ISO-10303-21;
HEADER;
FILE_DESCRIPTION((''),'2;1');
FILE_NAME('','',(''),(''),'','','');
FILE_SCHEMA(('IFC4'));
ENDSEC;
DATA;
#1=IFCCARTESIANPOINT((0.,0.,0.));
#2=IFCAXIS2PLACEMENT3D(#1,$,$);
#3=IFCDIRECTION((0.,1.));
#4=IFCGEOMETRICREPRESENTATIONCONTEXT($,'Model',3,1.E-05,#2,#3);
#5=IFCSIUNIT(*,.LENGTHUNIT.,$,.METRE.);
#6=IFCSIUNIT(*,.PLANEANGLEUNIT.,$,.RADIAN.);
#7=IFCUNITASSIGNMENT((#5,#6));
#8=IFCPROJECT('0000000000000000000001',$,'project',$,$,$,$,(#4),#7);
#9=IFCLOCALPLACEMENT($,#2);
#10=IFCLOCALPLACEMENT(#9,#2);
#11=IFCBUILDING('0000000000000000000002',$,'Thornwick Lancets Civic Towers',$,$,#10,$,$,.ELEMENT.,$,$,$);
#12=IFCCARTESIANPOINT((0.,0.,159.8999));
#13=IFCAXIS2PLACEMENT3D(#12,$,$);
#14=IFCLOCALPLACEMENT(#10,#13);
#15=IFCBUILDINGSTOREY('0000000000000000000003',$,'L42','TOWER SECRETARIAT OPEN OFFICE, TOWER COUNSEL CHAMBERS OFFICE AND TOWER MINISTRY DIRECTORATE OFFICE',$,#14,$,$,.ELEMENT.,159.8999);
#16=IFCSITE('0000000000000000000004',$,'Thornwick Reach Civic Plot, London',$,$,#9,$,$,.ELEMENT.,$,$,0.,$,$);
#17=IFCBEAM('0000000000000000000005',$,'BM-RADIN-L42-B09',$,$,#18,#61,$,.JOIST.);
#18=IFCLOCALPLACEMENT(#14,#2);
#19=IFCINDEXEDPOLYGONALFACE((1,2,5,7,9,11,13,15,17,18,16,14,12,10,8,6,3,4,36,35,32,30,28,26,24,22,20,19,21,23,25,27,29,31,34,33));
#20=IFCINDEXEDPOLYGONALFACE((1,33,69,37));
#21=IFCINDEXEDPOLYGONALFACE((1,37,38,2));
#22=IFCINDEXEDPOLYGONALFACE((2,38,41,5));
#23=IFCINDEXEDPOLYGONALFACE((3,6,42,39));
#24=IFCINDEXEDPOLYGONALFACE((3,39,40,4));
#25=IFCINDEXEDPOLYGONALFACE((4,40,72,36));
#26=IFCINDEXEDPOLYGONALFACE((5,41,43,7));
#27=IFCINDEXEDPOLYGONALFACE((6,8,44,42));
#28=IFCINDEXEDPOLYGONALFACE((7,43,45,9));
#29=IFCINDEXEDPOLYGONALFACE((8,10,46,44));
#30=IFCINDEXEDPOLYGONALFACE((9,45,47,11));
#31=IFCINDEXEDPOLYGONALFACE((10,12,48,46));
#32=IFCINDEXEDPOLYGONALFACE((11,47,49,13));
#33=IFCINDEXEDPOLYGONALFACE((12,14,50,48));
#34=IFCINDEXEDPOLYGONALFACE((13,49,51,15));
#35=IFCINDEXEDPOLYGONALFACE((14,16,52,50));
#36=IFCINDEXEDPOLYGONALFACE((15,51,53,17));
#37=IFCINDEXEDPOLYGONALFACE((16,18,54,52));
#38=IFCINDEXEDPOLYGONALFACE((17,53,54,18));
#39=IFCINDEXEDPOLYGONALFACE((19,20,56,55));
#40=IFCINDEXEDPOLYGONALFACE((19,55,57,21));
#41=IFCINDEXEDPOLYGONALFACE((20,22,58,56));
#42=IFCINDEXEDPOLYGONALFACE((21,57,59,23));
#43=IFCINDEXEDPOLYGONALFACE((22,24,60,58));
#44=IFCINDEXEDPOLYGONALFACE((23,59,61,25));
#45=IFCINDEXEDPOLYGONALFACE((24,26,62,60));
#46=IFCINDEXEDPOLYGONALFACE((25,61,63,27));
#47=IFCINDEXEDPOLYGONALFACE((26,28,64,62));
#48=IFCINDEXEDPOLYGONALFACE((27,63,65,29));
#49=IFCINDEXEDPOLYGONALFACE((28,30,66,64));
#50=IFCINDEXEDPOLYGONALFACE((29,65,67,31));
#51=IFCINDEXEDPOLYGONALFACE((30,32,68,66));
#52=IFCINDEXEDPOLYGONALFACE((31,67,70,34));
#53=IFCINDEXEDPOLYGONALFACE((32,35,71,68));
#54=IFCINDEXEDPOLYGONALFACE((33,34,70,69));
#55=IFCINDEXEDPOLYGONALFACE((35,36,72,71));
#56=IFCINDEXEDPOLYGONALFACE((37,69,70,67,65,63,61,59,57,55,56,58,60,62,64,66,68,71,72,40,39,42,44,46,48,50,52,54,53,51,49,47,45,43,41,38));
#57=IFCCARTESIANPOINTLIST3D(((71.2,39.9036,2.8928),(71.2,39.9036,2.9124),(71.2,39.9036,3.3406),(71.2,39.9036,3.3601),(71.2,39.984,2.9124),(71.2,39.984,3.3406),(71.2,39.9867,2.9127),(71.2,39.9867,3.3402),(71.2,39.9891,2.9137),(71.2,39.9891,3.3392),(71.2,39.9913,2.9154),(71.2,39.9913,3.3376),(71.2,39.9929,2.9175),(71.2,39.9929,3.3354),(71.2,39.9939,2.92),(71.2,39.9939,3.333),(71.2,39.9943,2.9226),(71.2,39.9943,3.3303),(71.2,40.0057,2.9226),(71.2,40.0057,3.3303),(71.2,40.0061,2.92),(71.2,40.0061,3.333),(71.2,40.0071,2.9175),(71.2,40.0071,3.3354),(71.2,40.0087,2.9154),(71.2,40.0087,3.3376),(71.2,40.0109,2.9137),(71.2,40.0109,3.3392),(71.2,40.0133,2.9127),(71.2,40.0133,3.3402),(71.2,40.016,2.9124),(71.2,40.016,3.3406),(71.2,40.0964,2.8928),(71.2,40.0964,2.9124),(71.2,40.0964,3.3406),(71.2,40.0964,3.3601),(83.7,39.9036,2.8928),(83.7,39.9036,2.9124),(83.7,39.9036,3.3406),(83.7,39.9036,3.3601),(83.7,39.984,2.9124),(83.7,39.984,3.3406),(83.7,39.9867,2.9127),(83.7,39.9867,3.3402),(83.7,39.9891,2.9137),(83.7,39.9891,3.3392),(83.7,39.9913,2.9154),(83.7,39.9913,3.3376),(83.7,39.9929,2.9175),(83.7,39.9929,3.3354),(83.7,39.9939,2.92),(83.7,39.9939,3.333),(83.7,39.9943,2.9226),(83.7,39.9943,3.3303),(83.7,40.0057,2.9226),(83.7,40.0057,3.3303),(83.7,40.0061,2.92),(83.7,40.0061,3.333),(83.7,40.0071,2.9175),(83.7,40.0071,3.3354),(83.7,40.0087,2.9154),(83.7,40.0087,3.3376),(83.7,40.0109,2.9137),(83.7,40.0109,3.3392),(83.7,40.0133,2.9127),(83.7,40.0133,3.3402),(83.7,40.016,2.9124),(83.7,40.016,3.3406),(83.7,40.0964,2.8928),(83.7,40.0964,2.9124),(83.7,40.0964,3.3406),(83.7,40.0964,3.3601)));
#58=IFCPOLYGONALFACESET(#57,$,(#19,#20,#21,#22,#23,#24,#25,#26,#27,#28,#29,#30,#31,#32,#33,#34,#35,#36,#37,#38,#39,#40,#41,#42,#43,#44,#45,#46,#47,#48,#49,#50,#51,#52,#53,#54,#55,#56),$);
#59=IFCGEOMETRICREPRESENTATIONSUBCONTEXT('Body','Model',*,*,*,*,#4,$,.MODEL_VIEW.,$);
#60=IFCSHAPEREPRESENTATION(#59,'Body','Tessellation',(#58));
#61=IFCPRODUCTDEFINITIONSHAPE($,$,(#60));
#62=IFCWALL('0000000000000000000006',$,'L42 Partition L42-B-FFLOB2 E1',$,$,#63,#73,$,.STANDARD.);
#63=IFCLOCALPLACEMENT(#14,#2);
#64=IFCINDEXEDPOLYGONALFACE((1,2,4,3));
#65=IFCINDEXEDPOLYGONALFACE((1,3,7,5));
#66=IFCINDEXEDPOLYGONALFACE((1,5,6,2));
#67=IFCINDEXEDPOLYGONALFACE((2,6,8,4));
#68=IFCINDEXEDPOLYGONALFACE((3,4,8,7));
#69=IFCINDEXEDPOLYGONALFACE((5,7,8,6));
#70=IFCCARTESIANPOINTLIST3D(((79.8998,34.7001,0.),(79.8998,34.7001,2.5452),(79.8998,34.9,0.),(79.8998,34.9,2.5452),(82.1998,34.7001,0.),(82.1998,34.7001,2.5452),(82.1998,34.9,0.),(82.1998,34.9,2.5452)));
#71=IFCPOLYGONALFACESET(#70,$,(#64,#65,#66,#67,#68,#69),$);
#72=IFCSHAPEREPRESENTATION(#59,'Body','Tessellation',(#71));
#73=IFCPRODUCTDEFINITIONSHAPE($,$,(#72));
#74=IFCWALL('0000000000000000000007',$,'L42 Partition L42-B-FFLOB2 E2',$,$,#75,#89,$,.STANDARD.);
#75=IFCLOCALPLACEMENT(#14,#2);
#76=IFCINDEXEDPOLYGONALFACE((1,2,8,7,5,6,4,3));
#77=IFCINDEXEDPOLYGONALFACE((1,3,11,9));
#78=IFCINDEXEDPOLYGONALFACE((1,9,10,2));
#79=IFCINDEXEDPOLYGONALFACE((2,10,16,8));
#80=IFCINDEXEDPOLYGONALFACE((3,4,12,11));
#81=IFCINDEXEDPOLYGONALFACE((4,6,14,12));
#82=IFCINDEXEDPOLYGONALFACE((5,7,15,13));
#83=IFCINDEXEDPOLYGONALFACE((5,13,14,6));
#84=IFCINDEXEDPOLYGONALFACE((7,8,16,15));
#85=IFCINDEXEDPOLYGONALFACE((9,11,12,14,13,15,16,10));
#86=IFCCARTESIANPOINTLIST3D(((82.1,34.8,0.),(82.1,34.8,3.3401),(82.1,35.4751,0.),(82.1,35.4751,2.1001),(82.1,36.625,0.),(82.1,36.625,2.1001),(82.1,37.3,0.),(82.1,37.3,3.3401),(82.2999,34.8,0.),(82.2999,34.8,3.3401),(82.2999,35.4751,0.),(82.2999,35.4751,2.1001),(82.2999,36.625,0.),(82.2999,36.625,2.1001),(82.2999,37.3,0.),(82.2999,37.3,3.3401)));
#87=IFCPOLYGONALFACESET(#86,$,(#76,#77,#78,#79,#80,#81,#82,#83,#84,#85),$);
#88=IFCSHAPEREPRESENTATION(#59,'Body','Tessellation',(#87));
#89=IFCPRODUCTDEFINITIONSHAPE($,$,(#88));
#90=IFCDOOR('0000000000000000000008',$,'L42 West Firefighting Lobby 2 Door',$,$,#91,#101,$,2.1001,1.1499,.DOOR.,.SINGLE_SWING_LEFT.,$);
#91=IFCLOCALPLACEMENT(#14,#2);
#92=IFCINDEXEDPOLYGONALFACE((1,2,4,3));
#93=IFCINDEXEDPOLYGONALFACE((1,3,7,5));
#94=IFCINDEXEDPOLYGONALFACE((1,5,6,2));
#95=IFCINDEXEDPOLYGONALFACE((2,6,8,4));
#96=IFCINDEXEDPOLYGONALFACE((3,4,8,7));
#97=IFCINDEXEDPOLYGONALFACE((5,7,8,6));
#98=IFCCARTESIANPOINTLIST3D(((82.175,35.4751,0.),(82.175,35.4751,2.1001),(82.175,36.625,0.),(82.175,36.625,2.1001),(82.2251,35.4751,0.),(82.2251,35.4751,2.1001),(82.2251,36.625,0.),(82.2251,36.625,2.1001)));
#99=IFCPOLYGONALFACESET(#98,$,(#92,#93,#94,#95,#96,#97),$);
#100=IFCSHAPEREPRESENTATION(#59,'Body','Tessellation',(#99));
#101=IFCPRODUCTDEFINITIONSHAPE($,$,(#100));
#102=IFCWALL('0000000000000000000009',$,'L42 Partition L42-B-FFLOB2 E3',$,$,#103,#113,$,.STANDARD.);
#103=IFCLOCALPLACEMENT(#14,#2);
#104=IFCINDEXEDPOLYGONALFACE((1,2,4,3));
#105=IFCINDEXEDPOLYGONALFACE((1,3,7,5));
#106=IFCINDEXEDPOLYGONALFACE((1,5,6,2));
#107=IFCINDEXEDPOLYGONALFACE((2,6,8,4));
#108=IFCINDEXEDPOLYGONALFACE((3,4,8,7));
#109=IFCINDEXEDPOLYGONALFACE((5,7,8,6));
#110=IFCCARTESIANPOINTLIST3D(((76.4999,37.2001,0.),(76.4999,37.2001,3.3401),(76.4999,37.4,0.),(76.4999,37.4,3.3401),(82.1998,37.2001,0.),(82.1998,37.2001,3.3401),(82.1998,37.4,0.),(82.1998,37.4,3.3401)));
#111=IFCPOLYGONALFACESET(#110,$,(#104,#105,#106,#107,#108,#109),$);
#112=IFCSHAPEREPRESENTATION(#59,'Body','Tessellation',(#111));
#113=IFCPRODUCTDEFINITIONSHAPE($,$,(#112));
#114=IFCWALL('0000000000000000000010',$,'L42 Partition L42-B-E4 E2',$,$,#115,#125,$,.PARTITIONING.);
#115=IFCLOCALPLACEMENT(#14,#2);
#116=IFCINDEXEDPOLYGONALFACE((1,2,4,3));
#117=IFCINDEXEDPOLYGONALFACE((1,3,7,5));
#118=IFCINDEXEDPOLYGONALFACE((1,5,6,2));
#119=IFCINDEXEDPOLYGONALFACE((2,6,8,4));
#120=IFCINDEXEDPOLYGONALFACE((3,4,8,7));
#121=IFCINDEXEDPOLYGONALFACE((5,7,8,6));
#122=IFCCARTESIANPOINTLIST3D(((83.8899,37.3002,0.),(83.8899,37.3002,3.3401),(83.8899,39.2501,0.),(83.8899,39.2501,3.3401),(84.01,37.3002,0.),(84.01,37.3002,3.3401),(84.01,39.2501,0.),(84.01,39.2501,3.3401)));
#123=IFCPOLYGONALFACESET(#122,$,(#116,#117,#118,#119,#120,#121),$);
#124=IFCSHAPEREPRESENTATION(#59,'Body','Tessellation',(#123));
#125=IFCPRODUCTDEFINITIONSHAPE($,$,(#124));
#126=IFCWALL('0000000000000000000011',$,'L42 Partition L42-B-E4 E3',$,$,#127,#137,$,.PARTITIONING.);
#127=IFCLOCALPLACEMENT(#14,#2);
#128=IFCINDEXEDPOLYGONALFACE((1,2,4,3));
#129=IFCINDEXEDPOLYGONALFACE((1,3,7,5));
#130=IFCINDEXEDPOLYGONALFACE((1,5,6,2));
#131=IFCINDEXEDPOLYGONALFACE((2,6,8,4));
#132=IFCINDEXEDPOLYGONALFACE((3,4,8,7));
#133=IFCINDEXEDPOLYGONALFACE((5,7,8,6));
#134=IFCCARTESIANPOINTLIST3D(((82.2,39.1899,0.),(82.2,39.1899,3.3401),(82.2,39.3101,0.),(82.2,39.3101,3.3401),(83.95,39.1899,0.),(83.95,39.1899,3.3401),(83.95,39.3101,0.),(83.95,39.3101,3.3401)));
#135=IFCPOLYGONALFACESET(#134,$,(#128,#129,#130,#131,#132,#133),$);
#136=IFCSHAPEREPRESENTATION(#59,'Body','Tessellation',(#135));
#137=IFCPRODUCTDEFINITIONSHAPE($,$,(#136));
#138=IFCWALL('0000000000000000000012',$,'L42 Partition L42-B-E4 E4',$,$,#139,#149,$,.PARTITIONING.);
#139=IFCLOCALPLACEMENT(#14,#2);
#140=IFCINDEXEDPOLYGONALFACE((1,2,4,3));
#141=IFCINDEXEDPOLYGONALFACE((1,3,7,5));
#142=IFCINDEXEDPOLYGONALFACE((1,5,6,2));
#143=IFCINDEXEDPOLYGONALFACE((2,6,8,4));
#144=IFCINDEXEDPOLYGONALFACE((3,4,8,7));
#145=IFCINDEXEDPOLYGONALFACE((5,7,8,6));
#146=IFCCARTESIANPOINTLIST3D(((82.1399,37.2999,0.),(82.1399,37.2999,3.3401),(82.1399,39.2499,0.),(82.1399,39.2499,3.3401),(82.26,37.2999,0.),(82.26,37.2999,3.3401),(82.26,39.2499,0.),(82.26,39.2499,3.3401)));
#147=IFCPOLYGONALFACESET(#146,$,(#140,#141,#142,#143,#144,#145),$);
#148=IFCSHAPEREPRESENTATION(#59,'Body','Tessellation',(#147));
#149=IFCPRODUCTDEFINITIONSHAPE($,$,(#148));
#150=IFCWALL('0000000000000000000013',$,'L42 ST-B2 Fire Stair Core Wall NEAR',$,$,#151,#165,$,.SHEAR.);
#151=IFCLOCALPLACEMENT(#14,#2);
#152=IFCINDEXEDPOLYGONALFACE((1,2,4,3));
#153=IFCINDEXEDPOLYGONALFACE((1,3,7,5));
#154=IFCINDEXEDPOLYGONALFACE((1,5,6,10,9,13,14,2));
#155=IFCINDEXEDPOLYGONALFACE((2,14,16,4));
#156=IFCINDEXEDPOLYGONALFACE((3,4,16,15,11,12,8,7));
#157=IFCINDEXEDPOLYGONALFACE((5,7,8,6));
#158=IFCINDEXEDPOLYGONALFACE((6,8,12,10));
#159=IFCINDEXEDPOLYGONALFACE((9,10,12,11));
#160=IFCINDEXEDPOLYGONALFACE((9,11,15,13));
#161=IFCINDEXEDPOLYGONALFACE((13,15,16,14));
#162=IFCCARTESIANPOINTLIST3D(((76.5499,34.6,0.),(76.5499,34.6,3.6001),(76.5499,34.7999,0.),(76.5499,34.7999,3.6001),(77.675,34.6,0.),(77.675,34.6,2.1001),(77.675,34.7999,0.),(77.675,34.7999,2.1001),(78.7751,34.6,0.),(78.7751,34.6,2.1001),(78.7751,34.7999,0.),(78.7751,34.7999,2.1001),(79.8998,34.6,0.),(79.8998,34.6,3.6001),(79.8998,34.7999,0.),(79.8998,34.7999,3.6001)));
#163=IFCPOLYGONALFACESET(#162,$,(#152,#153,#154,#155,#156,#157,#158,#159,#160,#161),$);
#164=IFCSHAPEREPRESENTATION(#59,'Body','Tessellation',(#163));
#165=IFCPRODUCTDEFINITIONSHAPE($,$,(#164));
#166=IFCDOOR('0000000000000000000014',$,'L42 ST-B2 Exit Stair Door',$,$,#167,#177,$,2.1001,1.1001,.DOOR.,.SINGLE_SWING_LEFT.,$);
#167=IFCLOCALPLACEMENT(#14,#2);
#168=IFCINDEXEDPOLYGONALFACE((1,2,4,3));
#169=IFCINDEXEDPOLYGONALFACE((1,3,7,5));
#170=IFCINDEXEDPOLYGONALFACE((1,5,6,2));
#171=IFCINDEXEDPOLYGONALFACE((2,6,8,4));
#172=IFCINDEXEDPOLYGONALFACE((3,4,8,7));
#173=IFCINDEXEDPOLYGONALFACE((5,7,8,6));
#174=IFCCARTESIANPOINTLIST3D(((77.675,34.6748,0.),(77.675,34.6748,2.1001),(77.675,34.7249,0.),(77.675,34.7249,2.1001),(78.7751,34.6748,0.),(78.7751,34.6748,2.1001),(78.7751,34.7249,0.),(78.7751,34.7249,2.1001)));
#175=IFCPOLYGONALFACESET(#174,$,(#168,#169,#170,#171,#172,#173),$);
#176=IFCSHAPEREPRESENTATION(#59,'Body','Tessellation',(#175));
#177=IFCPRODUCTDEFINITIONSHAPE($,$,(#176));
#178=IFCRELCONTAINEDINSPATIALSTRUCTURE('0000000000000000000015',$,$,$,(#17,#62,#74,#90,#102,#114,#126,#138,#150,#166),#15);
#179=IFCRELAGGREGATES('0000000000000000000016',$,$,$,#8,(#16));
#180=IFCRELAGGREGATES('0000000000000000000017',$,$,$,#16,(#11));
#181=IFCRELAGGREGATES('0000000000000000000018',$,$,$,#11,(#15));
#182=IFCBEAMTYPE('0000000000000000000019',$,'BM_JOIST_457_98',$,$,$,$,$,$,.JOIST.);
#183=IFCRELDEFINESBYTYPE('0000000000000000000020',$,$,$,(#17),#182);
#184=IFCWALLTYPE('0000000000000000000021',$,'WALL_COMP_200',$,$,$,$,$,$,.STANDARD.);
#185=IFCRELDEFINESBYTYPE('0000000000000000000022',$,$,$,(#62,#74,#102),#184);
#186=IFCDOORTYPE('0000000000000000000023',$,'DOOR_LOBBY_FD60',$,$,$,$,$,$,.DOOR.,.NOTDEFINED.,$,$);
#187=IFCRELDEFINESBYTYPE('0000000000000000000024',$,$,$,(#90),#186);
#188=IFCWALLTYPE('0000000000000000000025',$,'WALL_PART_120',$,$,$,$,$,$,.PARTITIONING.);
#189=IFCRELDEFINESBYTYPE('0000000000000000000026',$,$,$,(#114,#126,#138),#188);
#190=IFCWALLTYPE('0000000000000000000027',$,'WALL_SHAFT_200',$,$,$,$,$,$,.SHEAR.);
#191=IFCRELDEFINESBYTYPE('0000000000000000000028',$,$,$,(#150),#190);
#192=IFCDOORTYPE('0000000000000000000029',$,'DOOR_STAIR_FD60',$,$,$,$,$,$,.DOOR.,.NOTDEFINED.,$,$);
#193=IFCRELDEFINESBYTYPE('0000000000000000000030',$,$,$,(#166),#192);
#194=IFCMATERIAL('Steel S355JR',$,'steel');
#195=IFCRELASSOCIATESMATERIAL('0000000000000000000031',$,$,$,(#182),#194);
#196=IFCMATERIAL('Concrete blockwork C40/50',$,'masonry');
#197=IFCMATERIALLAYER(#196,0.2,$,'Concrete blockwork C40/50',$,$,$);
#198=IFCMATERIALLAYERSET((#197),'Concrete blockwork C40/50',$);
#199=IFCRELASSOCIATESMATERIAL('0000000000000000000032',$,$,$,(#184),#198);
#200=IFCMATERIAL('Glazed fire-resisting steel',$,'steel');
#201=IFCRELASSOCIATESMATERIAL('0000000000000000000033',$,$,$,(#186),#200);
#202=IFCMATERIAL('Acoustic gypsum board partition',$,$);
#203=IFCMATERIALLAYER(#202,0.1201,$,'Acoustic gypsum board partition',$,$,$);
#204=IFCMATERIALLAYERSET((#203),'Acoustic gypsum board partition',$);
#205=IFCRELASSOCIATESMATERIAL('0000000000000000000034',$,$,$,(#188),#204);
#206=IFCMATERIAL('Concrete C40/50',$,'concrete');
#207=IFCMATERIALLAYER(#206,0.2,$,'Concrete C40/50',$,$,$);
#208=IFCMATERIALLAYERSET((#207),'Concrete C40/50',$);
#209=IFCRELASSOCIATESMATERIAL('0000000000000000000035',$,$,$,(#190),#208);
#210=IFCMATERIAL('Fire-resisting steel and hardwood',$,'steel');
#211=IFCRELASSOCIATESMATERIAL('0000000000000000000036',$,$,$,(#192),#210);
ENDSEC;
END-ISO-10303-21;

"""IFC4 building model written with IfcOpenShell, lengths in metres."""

from ifc_helpers import new_model, si_unit, direction, frame, frame_2d, origin, origin_2d, place, context, subcontext, project, spatial, rectangle, i_section, extrude, material, layer, layer_set, material_profile, profile_set, type_object, element, fill, save


model = new_model("IFC4")

# Units and contexts
model_context = context("Model", 3, precision=1e-05, world=origin(), true_north=direction((0.0, 1.0)))
body_context = subcontext(model_context, "Body", "Model", "MODEL_VIEW")
ifc_project = project(units=[si_unit("LENGTHUNIT", "METRE"), si_unit("PLANEANGLEUNIT", "RADIAN")], contexts=[model_context])

# Site, building, storey
site_placement = place(None, origin())
site = spatial("IfcSite", under=ifc_project, at=site_placement, Name="Thornwick Reach Civic Plot, London", CompositionType="ELEMENT", RefElevation=0.0)
building_placement = place(site_placement, origin())
building = spatial("IfcBuilding", under=site, at=building_placement, Name="Thornwick Lancets Civic Towers", CompositionType="ELEMENT")
storey_placement = place(building_placement, frame((0.0, 0.0, 159.8999)))
storey = spatial("IfcBuildingStorey", under=building, at=storey_placement, Name="L42", Description="TOWER SECRETARIAT OPEN OFFICE, TOWER COUNSEL CHAMBERS OFFICE AND TOWER MINISTRY DIRECTORATE OFFICE", CompositionType="ELEMENT", Elevation=159.8999)

# Beam
ifc_material_1 = material(Name="Steel S355JR", Category="steel")
ifc_material_profile_1 = material_profile(ifc_material_1, i_section(OverallWidth=0.1929, OverallDepth=0.4673, WebThickness=0.0115, FlangeThickness=0.0195, FilletRadius=0.0103, at=origin_2d()), Name="UKB 457x191x98")
ifc_profile_set_1 = profile_set([ifc_material_profile_1], Name="Steel S355JR")
beam_type_1 = type_object("IfcBeamType", Name="BM_JOIST_457_98", PredefinedType="JOIST", material=ifc_profile_set_1)
beam_1_placement = place(storey_placement, frame((83.7, 40.0, 3.1265), z_axis=(-1.0, 0.0, 0.0), x_axis=(0.0, -1.0, 0.0)))
element("IfcBeam", 1, at=beam_1_placement, inside=storey, type_object=beam_type_1, Name="BM-RADIN-L42-B09", PredefinedType="JOIST", context=body_context, shape_type="SweptSolid", body=[
    extrude(i_section(OverallWidth=0.1929, OverallDepth=0.4673, WebThickness=0.0115, FlangeThickness=0.0195, FilletRadius=0.0103, at=origin_2d()), origin(), (0.0, 0.0, 1.0), 12.5),
])

# Wall
ifc_material_2 = material(Name="Concrete blockwork C40/50", Category="masonry")
ifc_layer_1 = layer(ifc_material_2, 0.2, Name="Concrete blockwork C40/50")
ifc_layer_set_1 = layer_set([ifc_layer_1], Name="Concrete blockwork C40/50")
wall_type_1 = type_object("IfcWallType", Name="WALL_COMP_200", PredefinedType="STANDARD", material=ifc_layer_set_1)
wall_1_placement = place(storey_placement, frame((79.8999, 34.8, 0.0), z_axis=(0.0, 0.0, 1.0), x_axis=(1.0, 0.0, 0.0)))
element("IfcWall", 2, at=wall_1_placement, inside=storey, type_object=wall_type_1, Name="L42 Partition L42-B-FFLOB2 E1", PredefinedType="STANDARD", context=body_context, shape_type="SweptSolid", body=[
    extrude(rectangle(XDim=2.3, YDim=0.2, at=frame_2d((1.1499, 0.0))), origin(), (0.0, 0.0, 1.0), 2.5452),
])

# Wall, opening, door
wall_2_placement = place(storey_placement, frame((82.2, 34.8, 0.0), z_axis=(0.0, 0.0, 1.0), x_axis=(0.0, 1.0, 0.0)))
wall_2 = element("IfcWall", 3, at=wall_2_placement, inside=storey, type_object=wall_type_1, Name="L42 Partition L42-B-FFLOB2 E2", PredefinedType="STANDARD", context=body_context, shape_type="SweptSolid", body=[
    extrude(rectangle(XDim=2.5, YDim=0.2, at=frame_2d((1.25, 0.0))), origin(), (0.0, 0.0, 1.0), 3.3401),
])
opening_1_placement = place(wall_2_placement, frame((0.675, 0.0, 0.0)))
opening_1 = element("IfcOpeningElement", 4, at=opening_1_placement, cuts=wall_2, PredefinedType="OPENING", context=body_context, shape_type="SweptSolid", body=[
    extrude(rectangle(XDim=1.1499, YDim=2.1001, at=frame_2d((0.575, 1.05))), frame((0.0, 0.1099, 0.0), z_axis=(0.0, -1.0, 0.0), x_axis=(1.0, 0.0, 0.0)), (0.0, 0.0, 1.0), 0.22),
])
ifc_material_3 = material(Name="Glazed fire-resisting steel", Category="steel")
door_type_1 = type_object("IfcDoorType", Name="DOOR_LOBBY_FD60", OperationType="NOTDEFINED", PredefinedType="DOOR", material=ifc_material_3)
door_1_placement = place(opening_1_placement, origin())
door_1 = element("IfcDoor", 5, at=door_1_placement, inside=storey, type_object=door_type_1, Name="L42 West Firefighting Lobby 2 Door", OperationType="SINGLE_SWING_LEFT", OverallHeight=2.1001, OverallWidth=1.1499, PredefinedType="DOOR", context=body_context, shape_type="SweptSolid", body=[
    extrude(rectangle(XDim=1.1499, YDim=2.1001, at=frame_2d((0.575, 1.05))), frame((0.0, 0.0249, 0.0), z_axis=(0.0, -1.0, 0.0), x_axis=(1.0, 0.0, 0.0)), (0.0, 0.0, 1.0), 0.05),
])
fill(opening_1, door_1)

# Walls
wall_3_placement = place(storey_placement, frame((82.2, 37.3, 0.0), z_axis=(0.0, 0.0, 1.0), x_axis=(-1.0, 0.0, 0.0)))
element("IfcWall", 6, at=wall_3_placement, inside=storey, type_object=wall_type_1, Name="L42 Partition L42-B-FFLOB2 E3", PredefinedType="STANDARD", context=body_context, shape_type="SweptSolid", body=[
    extrude(rectangle(XDim=5.7, YDim=0.2, at=frame_2d((2.8501, 0.0))), origin(), (0.0, 0.0, 1.0), 3.3401),
])
ifc_material_4 = material(Name="Acoustic gypsum board partition")
ifc_layer_2 = layer(ifc_material_4, 0.1201, Name="Acoustic gypsum board partition")
ifc_layer_set_2 = layer_set([ifc_layer_2], Name="Acoustic gypsum board partition")
wall_type_2 = type_object("IfcWallType", Name="WALL_PART_120", PredefinedType="PARTITIONING", material=ifc_layer_set_2)
wall_4_placement = place(storey_placement, frame((83.95, 37.3, 0.0), z_axis=(0.0, 0.0, 1.0), x_axis=(0.0, 1.0, 0.0)))
element("IfcWall", 7, at=wall_4_placement, inside=storey, type_object=wall_type_2, Name="L42 Partition L42-B-E4 E2", PredefinedType="PARTITIONING", context=body_context, shape_type="SweptSolid", body=[
    extrude(rectangle(XDim=1.95, YDim=0.1201, at=frame_2d((0.9751, 0.0))), origin(), (0.0, 0.0, 1.0), 3.3401),
])
wall_5_placement = place(storey_placement, frame((83.95, 39.25, 0.0), z_axis=(0.0, 0.0, 1.0), x_axis=(-1.0, 0.0, 0.0)))
element("IfcWall", 8, at=wall_5_placement, inside=storey, type_object=wall_type_2, Name="L42 Partition L42-B-E4 E3", PredefinedType="PARTITIONING", context=body_context, shape_type="SweptSolid", body=[
    extrude(rectangle(XDim=1.75, YDim=0.1201, at=frame_2d((0.875, 0.0))), origin(), (0.0, 0.0, 1.0), 3.3401),
])
wall_6_placement = place(storey_placement, frame((82.2, 39.25, 0.0), z_axis=(0.0, 0.0, 1.0), x_axis=(0.0, -1.0, 0.0)))
element("IfcWall", 9, at=wall_6_placement, inside=storey, type_object=wall_type_2, Name="L42 Partition L42-B-E4 E4", PredefinedType="PARTITIONING", context=body_context, shape_type="SweptSolid", body=[
    extrude(rectangle(XDim=1.95, YDim=0.1201, at=frame_2d((0.9751, 0.0))), origin(), (0.0, 0.0, 1.0), 3.3401),
])

# Wall, opening, door
ifc_material_5 = material(Name="Concrete C40/50", Category="concrete")
ifc_layer_3 = layer(ifc_material_5, 0.2, Name="Concrete C40/50")
ifc_layer_set_3 = layer_set([ifc_layer_3], Name="Concrete C40/50")
wall_type_3 = type_object("IfcWallType", Name="WALL_SHAFT_200", PredefinedType="SHEAR", material=ifc_layer_set_3)
wall_7_placement = place(storey_placement, frame((76.55, 34.7, 0.0), z_axis=(0.0, 0.0, 1.0), x_axis=(1.0, 0.0, 0.0)))
wall_7 = element("IfcWall", 10, at=wall_7_placement, inside=storey, type_object=wall_type_3, Name="L42 ST-B2 Fire Stair Core Wall NEAR", PredefinedType="SHEAR", context=body_context, shape_type="SweptSolid", body=[
    extrude(rectangle(XDim=3.3499, YDim=0.2, at=frame_2d((1.6748, 0.0))), origin(), (0.0, 0.0, 1.0), 3.6001),
])
opening_2_placement = place(wall_7_placement, frame((1.125, 0.0, 0.0)))
opening_2 = element("IfcOpeningElement", 11, at=opening_2_placement, cuts=wall_7, PredefinedType="OPENING", context=body_context, shape_type="SweptSolid", body=[
    extrude(rectangle(XDim=1.1001, YDim=2.1001, at=frame_2d((0.55, 1.05))), frame((0.0, 0.1099, 0.0), z_axis=(0.0, -1.0, 0.0), x_axis=(1.0, 0.0, 0.0)), (0.0, 0.0, 1.0), 0.22),
])
ifc_material_6 = material(Name="Fire-resisting steel and hardwood", Category="steel")
door_type_2 = type_object("IfcDoorType", Name="DOOR_STAIR_FD60", OperationType="NOTDEFINED", PredefinedType="DOOR", material=ifc_material_6)
door_2_placement = place(opening_2_placement, origin())
door_2 = element("IfcDoor", 12, at=door_2_placement, inside=storey, type_object=door_type_2, Name="L42 ST-B2 Exit Stair Door", OperationType="SINGLE_SWING_LEFT", OverallHeight=2.1001, OverallWidth=1.1001, PredefinedType="DOOR", context=body_context, shape_type="SweptSolid", body=[
    extrude(rectangle(XDim=1.1001, YDim=2.1001, at=frame_2d((0.55, 1.05))), frame((0.0, 0.0249, 0.0), z_axis=(0.0, -1.0, 0.0), x_axis=(1.0, 0.0, 0.0)), (0.0, 0.0, 1.0), 0.05),
])
fill(opening_2, door_2)

save(model, "model.ifc")
